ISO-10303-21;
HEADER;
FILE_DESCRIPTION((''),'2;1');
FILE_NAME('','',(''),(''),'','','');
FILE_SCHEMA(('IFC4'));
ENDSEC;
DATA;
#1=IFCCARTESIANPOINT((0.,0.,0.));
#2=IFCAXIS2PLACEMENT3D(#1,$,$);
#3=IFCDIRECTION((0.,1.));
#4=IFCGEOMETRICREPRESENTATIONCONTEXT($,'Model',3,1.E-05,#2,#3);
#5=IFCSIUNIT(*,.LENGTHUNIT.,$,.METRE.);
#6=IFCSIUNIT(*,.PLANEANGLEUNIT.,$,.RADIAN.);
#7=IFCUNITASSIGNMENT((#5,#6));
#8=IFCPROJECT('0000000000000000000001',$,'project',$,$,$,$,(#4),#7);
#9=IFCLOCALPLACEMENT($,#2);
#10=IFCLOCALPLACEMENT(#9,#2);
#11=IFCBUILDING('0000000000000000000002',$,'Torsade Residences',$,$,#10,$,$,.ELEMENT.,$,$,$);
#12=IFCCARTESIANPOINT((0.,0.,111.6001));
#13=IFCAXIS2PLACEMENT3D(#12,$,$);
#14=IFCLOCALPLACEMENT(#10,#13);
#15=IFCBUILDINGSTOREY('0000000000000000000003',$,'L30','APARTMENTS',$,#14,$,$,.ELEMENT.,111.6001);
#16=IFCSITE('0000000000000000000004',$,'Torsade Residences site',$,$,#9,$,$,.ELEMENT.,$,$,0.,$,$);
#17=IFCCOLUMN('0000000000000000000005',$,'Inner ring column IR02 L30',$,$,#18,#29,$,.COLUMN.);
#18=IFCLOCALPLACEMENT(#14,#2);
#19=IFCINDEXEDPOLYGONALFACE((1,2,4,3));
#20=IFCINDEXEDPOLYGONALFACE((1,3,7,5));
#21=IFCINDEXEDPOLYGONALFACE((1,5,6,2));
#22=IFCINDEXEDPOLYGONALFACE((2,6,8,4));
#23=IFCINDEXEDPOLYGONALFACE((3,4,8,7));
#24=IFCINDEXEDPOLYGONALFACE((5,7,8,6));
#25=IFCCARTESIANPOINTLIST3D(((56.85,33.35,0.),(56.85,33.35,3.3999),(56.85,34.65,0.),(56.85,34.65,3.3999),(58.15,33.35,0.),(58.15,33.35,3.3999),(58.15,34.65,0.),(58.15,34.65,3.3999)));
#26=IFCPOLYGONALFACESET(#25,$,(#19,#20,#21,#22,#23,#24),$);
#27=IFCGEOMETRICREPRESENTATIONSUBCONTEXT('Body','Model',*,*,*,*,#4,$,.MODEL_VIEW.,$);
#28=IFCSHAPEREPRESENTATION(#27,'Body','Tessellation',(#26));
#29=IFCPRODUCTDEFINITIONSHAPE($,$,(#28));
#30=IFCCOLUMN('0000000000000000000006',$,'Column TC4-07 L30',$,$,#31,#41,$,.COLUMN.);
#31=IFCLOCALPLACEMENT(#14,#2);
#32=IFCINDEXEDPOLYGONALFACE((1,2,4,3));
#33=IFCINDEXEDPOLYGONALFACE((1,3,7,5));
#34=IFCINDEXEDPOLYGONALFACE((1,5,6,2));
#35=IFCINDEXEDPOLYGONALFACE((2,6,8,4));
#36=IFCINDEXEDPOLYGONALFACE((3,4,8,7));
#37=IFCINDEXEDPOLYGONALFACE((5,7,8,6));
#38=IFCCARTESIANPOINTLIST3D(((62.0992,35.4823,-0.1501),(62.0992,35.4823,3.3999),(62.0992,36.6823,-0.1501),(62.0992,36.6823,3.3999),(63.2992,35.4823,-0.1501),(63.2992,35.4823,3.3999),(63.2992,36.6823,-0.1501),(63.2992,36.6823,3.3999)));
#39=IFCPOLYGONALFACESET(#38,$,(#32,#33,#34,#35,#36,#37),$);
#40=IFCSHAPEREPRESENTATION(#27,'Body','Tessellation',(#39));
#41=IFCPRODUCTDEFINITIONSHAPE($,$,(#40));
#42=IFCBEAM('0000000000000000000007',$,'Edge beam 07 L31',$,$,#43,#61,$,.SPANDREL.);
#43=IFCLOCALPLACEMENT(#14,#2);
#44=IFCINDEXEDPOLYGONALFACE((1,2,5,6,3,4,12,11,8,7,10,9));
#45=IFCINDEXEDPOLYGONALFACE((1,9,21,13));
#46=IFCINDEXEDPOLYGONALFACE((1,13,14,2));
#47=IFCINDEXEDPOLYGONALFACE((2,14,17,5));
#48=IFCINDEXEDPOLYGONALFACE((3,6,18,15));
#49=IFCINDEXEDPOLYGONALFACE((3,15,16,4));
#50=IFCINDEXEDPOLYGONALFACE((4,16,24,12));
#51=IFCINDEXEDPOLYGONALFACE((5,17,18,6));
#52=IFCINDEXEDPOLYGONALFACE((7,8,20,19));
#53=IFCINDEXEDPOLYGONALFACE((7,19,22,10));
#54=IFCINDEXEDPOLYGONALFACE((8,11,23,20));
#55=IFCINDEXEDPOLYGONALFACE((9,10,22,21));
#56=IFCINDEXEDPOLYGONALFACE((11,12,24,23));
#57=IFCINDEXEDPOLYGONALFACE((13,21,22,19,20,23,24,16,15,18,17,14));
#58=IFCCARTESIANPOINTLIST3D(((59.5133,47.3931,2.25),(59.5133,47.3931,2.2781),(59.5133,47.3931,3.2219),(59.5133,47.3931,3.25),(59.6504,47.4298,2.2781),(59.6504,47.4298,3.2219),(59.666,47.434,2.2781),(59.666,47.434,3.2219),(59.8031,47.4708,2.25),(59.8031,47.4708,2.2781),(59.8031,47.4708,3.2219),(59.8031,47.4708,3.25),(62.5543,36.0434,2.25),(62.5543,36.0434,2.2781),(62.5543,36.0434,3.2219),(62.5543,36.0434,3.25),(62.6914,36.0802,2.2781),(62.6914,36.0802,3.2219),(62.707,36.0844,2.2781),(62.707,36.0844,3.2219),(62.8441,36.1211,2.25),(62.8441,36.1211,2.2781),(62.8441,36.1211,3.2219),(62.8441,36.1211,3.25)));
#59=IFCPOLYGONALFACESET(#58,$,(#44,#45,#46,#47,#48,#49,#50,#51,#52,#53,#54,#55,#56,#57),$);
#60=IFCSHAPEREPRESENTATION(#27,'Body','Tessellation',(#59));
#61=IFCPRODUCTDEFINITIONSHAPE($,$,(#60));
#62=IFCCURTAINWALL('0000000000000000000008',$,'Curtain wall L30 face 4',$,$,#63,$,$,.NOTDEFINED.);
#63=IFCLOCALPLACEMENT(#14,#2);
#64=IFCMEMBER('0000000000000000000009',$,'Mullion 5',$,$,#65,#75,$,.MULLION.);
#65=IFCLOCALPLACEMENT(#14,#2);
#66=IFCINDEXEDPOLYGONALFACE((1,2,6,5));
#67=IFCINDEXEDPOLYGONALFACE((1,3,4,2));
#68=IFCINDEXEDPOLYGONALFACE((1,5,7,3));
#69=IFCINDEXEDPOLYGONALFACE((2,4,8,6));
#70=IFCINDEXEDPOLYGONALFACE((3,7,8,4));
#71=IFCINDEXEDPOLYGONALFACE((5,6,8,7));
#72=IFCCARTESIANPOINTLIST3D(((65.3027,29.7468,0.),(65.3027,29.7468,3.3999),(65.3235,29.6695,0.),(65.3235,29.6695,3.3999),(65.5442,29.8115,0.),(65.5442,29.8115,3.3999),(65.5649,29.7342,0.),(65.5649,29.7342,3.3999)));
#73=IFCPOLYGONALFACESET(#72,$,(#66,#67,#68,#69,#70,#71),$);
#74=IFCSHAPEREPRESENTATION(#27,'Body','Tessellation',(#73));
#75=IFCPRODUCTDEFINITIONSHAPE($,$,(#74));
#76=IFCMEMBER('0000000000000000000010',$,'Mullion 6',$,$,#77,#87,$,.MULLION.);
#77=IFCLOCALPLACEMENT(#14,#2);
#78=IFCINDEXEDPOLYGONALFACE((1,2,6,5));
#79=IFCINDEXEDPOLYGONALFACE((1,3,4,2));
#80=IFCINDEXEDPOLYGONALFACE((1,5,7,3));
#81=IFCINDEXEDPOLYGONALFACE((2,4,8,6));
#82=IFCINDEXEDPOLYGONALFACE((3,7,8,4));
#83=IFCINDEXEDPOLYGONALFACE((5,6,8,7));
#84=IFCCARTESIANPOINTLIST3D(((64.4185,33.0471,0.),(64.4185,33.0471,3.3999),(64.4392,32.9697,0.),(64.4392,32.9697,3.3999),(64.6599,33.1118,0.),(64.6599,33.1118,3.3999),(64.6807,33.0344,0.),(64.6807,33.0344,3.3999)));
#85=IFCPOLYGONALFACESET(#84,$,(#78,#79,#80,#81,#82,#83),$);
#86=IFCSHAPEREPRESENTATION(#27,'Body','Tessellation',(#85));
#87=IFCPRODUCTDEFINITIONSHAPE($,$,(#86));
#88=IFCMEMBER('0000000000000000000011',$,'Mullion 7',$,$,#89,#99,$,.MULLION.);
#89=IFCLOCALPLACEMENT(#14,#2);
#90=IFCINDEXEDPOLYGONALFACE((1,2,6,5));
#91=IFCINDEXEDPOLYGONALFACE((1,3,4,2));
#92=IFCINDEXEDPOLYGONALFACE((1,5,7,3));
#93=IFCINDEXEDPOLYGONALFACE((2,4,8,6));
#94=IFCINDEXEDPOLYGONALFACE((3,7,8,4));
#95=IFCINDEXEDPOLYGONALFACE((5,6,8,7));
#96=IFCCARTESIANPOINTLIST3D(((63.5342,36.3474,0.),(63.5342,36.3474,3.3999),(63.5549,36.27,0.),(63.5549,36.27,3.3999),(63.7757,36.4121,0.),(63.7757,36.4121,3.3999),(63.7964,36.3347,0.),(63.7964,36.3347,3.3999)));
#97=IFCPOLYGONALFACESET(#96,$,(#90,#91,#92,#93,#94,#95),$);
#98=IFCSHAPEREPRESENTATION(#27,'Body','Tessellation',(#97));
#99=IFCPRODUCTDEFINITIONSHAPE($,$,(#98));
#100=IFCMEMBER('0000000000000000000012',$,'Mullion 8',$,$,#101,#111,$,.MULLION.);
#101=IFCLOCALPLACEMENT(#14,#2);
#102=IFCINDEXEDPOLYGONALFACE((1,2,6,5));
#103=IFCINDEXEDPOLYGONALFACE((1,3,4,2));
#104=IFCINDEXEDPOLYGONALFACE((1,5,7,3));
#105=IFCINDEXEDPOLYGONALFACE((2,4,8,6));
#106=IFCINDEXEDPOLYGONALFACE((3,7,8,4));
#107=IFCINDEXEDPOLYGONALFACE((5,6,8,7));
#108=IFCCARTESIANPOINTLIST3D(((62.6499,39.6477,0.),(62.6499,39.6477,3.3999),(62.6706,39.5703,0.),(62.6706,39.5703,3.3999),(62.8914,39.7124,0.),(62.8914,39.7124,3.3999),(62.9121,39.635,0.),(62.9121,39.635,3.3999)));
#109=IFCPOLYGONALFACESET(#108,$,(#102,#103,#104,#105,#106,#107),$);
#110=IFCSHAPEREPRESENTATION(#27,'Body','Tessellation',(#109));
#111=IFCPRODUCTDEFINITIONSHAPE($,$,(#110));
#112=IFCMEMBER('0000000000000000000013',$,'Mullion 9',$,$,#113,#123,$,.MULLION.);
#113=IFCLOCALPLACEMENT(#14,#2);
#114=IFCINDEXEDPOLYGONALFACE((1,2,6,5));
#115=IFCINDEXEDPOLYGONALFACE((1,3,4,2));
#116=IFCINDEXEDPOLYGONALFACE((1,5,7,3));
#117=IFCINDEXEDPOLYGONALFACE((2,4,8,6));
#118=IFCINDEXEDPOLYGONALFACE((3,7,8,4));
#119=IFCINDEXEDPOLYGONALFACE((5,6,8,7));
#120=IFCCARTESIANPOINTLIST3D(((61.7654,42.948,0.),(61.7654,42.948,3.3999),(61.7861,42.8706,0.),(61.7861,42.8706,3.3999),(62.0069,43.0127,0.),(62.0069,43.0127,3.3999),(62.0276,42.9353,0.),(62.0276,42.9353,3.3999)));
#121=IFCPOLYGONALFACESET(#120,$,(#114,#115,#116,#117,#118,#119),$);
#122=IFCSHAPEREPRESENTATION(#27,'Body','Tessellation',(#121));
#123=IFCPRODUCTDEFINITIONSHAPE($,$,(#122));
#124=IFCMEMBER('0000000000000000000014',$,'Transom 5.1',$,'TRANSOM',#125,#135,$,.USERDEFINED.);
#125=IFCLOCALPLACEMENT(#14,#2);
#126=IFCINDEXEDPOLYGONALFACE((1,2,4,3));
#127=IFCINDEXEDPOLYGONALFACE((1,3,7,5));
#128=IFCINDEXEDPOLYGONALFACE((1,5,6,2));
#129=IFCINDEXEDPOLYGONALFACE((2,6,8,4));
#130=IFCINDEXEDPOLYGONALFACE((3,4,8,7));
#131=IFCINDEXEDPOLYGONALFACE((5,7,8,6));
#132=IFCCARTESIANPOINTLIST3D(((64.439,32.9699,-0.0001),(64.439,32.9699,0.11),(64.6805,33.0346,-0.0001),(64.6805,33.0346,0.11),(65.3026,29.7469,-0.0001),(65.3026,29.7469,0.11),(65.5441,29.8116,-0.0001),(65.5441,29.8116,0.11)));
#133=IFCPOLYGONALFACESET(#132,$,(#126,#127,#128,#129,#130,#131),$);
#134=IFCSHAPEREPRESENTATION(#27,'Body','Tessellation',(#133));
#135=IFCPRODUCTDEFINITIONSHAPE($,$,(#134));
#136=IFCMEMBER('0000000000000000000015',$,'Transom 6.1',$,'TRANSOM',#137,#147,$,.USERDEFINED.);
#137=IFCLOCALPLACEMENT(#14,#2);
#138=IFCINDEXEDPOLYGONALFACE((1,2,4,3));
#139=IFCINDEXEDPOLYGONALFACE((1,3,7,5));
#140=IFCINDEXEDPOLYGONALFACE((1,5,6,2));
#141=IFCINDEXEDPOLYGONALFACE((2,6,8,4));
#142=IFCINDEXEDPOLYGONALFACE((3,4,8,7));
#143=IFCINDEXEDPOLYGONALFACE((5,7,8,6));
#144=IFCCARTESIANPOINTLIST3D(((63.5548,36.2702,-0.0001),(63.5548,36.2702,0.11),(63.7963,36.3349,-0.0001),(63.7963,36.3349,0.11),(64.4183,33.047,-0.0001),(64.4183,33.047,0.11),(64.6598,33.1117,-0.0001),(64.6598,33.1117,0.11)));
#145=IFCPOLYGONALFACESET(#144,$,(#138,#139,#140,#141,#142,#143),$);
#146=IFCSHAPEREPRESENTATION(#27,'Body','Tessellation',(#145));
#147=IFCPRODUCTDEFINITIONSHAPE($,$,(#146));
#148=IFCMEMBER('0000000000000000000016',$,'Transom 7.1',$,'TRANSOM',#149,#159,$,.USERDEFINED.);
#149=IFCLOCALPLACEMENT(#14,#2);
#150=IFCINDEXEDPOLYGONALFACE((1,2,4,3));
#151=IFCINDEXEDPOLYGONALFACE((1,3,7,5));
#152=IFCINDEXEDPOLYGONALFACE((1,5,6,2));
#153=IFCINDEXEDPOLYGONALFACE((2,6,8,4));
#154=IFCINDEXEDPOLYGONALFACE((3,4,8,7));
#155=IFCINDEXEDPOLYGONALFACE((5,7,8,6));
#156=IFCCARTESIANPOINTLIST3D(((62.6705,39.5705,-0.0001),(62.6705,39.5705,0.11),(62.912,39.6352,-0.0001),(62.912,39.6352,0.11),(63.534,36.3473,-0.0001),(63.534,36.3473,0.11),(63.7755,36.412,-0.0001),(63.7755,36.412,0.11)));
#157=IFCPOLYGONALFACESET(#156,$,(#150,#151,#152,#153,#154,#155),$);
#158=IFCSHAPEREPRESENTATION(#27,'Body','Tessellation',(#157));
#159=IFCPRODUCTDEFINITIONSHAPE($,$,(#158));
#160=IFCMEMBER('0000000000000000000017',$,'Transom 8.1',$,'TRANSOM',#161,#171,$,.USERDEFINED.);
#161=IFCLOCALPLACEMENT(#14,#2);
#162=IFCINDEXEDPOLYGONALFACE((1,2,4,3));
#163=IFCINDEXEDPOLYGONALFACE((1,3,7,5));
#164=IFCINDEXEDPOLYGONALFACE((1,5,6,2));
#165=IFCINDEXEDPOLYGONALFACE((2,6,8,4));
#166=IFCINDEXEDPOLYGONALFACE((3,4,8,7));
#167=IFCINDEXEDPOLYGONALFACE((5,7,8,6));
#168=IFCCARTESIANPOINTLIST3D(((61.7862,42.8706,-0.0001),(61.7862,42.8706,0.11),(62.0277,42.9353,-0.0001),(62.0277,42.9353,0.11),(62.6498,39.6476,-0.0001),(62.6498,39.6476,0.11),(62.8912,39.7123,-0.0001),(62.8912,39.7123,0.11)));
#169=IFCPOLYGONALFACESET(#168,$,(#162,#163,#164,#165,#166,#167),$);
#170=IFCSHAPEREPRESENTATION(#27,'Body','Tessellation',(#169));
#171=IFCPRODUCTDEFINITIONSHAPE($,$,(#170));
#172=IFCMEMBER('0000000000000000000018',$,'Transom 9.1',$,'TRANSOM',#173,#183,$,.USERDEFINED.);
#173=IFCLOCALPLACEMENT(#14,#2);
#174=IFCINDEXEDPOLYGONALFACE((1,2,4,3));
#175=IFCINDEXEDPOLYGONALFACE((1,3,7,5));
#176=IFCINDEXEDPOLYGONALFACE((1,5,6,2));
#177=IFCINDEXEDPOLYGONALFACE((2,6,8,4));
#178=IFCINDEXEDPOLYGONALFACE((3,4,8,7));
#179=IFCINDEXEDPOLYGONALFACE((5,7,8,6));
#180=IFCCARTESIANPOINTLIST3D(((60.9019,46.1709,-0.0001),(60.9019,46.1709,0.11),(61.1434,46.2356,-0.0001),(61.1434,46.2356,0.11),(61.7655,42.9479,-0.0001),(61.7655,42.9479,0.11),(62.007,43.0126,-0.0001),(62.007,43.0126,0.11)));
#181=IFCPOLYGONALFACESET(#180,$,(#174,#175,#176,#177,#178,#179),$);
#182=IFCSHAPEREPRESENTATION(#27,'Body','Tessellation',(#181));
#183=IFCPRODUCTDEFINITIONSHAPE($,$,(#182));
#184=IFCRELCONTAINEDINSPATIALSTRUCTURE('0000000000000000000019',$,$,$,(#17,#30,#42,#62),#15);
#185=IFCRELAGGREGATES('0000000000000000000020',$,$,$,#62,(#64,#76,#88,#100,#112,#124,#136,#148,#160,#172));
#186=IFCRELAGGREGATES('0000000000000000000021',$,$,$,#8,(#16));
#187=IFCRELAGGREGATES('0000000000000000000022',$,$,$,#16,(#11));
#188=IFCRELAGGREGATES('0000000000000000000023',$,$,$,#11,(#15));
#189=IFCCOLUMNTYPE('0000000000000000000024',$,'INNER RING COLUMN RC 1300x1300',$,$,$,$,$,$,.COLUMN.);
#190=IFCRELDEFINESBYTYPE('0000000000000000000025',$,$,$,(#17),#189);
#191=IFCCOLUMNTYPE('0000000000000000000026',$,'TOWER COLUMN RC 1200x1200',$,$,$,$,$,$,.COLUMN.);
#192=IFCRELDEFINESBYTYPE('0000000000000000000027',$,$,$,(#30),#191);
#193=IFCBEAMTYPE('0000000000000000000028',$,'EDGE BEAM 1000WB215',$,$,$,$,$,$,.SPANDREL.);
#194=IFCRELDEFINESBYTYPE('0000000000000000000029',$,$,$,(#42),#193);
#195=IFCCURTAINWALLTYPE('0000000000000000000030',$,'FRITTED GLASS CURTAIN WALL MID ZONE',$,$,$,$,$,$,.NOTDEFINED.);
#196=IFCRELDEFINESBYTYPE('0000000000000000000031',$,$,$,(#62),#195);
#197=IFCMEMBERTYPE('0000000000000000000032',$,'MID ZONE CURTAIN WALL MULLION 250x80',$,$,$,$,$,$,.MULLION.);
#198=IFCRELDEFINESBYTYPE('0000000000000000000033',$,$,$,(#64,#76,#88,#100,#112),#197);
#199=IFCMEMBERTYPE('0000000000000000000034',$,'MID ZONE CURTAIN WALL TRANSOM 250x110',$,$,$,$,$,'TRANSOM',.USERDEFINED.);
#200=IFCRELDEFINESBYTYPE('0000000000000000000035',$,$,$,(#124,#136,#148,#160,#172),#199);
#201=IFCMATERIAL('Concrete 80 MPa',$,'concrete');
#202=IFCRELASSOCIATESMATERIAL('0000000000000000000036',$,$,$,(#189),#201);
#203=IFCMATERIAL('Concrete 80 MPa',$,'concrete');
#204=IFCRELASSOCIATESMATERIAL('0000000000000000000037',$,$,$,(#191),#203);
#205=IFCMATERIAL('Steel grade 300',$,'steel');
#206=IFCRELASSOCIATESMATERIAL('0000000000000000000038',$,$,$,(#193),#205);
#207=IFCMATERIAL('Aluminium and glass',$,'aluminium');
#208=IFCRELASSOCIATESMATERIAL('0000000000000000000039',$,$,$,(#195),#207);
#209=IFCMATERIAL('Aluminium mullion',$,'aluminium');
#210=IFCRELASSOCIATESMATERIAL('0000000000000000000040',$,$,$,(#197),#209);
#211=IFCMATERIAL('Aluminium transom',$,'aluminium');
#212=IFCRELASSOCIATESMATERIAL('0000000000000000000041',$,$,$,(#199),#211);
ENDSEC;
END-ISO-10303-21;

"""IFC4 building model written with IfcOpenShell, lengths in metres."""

from ifc_helpers import new_model, si_unit, direction, frame, origin, origin_2d, place, context, subcontext, project, spatial, rectangle, i_section, extrude, material, material_profile, profile_set, type_object, element, aggregate, save


model = new_model("IFC4")

# Units and contexts
model_context = context("Model", 3, precision=1e-05, world=origin(), true_north=direction((0.0, 1.0)))
body_context = subcontext(model_context, "Body", "Model", "MODEL_VIEW")
ifc_project = project(units=[si_unit("LENGTHUNIT", "METRE"), si_unit("PLANEANGLEUNIT", "RADIAN")], contexts=[model_context])

# Site, building, storey
site_placement = place(None, origin())
site = spatial("IfcSite", under=ifc_project, at=site_placement, Name="Torsade Residences site", CompositionType="ELEMENT", RefElevation=0.0)
building_placement = place(site_placement, origin())
building = spatial("IfcBuilding", under=site, at=building_placement, Name="Torsade Residences", CompositionType="ELEMENT")
storey_placement = place(building_placement, frame((0.0, 0.0, 111.6001)))
storey = spatial("IfcBuildingStorey", under=building, at=storey_placement, Name="L30", Description="APARTMENTS", CompositionType="ELEMENT", Elevation=111.6001)

# Columns
ifc_material_1 = material(Name="Concrete 80 MPa", Category="concrete")
ifc_material_profile_1 = material_profile(ifc_material_1, rectangle(XDim=1.3, YDim=1.3, at=origin_2d()), Name="RC 1300x1300")
ifc_profile_set_1 = profile_set([ifc_material_profile_1], Name="Concrete 80 MPa")
column_type_1 = type_object("IfcColumnType", Name="INNER RING COLUMN RC 1300x1300", PredefinedType="COLUMN", material=ifc_profile_set_1)
column_1_placement = place(storey_placement, frame((57.5, 34.0, 0.0), z_axis=(0.0, 0.0, 1.0), x_axis=(1.0, 0.0, 0.0)))
element("IfcColumn", 1, at=column_1_placement, inside=storey, type_object=column_type_1, Name="Inner ring column IR02 L30", PredefinedType="COLUMN", context=body_context, shape_type="SweptSolid", body=[
    extrude(rectangle(XDim=1.3, YDim=1.3, at=origin_2d()), origin(), (0.0, 0.0, 1.0), 3.3999),
])
ifc_material_2 = material(Name="Concrete 80 MPa", Category="concrete")
ifc_material_profile_2 = material_profile(ifc_material_2, rectangle(XDim=1.2, YDim=1.2, at=origin_2d()), Name="RC 1200x1200")
ifc_profile_set_2 = profile_set([ifc_material_profile_2], Name="Concrete 80 MPa")
column_type_2 = type_object("IfcColumnType", Name="TOWER COLUMN RC 1200x1200", PredefinedType="COLUMN", material=ifc_profile_set_2)
column_2_placement = place(storey_placement, frame((62.6992, 36.0823, -0.1501), z_axis=(0.0, 0.0, 1.0), x_axis=(1.0, 0.0, 0.0)))
element("IfcColumn", 2, at=column_2_placement, inside=storey, type_object=column_type_2, Name="Column TC4-07 L30", PredefinedType="COLUMN", context=body_context, shape_type="SweptSolid", body=[
    extrude(rectangle(XDim=1.2, YDim=1.2, at=origin_2d()), origin(), (0.0, 0.0, 1.0), 3.55),
])

# Beam
ifc_material_3 = material(Name="Steel grade 300", Category="steel")
ifc_material_profile_3 = material_profile(ifc_material_3, i_section(OverallWidth=0.3, OverallDepth=1.0, WebThickness=0.0161, FlangeThickness=0.0281, at=origin_2d()), Name="1000WB215")
ifc_profile_set_3 = profile_set([ifc_material_profile_3], Name="Steel grade 300")
beam_type_1 = type_object("IfcBeamType", Name="EDGE BEAM 1000WB215", PredefinedType="SPANDREL", material=ifc_profile_set_3)
beam_1_placement = place(storey_placement, frame((62.6992, 36.0823, 2.75), z_axis=(-0.258811, 0.965928, 0.0), x_axis=(-0.965928, -0.258811, 0.0)))
element("IfcBeam", 3, at=beam_1_placement, inside=storey, type_object=beam_type_1, Name="Edge beam 07 L31", PredefinedType="SPANDREL", context=body_context, shape_type="SweptSolid", body=[
    extrude(i_section(OverallWidth=0.3, OverallDepth=1.0, WebThickness=0.0161, FlangeThickness=0.0281, at=origin_2d()), origin(), (0.0, 0.0, 1.0), 11.75),
])

# Curtain wall, members
ifc_material_4 = material(Name="Aluminium and glass", Category="aluminium")
curtain_wall_type = type_object("IfcCurtainWallType", Name="FRITTED GLASS CURTAIN WALL MID ZONE", PredefinedType="NOTDEFINED", material=ifc_material_4)
curtain_wall_placement = place(storey_placement, origin())
curtain_wall = element("IfcCurtainWall", 4, at=curtain_wall_placement, inside=storey, type_object=curtain_wall_type, Name="Curtain wall L30 face 4", PredefinedType="NOTDEFINED")
ifc_material_5 = material(Name="Aluminium mullion", Category="aluminium")
ifc_material_profile_4 = material_profile(ifc_material_5, rectangle(XDim=0.25, YDim=0.0801, at=origin_2d()), Name="MID ZONE CURTAIN WALL MULLION 250x80")
ifc_profile_set_4 = profile_set([ifc_material_profile_4], Name="Aluminium mullion")
member_type_1 = type_object("IfcMemberType", Name="MID ZONE CURTAIN WALL MULLION 250x80", PredefinedType="MULLION", material=ifc_profile_set_4)
member_1_placement = place(storey_placement, frame((65.4338, 29.7405, 0.0), z_axis=(0.0, 0.0, 1.0), x_axis=(-0.965926, -0.258819, 0.0)))
member_1 = element("IfcMember", 5, at=member_1_placement, type_object=member_type_1, Name="Mullion 5", PredefinedType="MULLION", context=body_context, shape_type="SweptSolid", body=[
    extrude(rectangle(XDim=0.25, YDim=0.0801, at=origin_2d()), origin(), (0.0, 0.0, 1.0), 3.3999),
])
member_2_placement = place(storey_placement, frame((64.5496, 33.0408, 0.0), z_axis=(0.0, 0.0, 1.0), x_axis=(-0.965926, -0.258819, 0.0)))
member_2 = element("IfcMember", 6, at=member_2_placement, type_object=member_type_1, Name="Mullion 6", PredefinedType="MULLION", context=body_context, shape_type="SweptSolid", body=[
    extrude(rectangle(XDim=0.25, YDim=0.0801, at=origin_2d()), origin(), (0.0, 0.0, 1.0), 3.3999),
])
member_3_placement = place(storey_placement, frame((63.6653, 36.3411, 0.0), z_axis=(0.0, 0.0, 1.0), x_axis=(-0.965926, -0.258819, 0.0)))
member_3 = element("IfcMember", 7, at=member_3_placement, type_object=member_type_1, Name="Mullion 7", PredefinedType="MULLION", context=body_context, shape_type="SweptSolid", body=[
    extrude(rectangle(XDim=0.25, YDim=0.0801, at=origin_2d()), origin(), (0.0, 0.0, 1.0), 3.3999),
])
member_4_placement = place(storey_placement, frame((62.781, 39.6414, 0.0), z_axis=(0.0, 0.0, 1.0), x_axis=(-0.965926, -0.258819, 0.0)))
member_4 = element("IfcMember", 8, at=member_4_placement, type_object=member_type_1, Name="Mullion 8", PredefinedType="MULLION", context=body_context, shape_type="SweptSolid", body=[
    extrude(rectangle(XDim=0.25, YDim=0.0801, at=origin_2d()), origin(), (0.0, 0.0, 1.0), 3.3999),
])
member_5_placement = place(storey_placement, frame((61.8965, 42.9417, 0.0), z_axis=(0.0, 0.0, 1.0), x_axis=(-0.965926, -0.258819, 0.0)))
member_5 = element("IfcMember", 9, at=member_5_placement, type_object=member_type_1, Name="Mullion 9", PredefinedType="MULLION", context=body_context, shape_type="SweptSolid", body=[
    extrude(rectangle(XDim=0.25, YDim=0.0801, at=origin_2d()), origin(), (0.0, 0.0, 1.0), 3.3999),
])
ifc_material_6 = material(Name="Aluminium transom", Category="aluminium")
ifc_material_profile_5 = material_profile(ifc_material_6, rectangle(XDim=0.25, YDim=0.1101, at=origin_2d()), Name="MID ZONE CURTAIN WALL TRANSOM 250x110")
ifc_profile_set_5 = profile_set([ifc_material_profile_5], Name="Aluminium transom")
member_type_2 = type_object("IfcMemberType", Name="MID ZONE CURTAIN WALL TRANSOM 250x110", ElementType="TRANSOM", PredefinedType="USERDEFINED", material=ifc_profile_set_5)
member_6_placement = place(storey_placement, frame((65.4233, 29.7793, 0.0549), z_axis=(-0.258806, 0.965929, 0.0), x_axis=(-0.965929, -0.258806, 0.0)))
member_6 = element("IfcMember", 10, at=member_6_placement, type_object=member_type_2, Name="Transom 5.1", ObjectType="TRANSOM", PredefinedType="USERDEFINED", context=body_context, shape_type="SweptSolid", body=[
    extrude(rectangle(XDim=0.25, YDim=0.1101, at=origin_2d()), origin(), (0.0, 0.0, 1.0), 3.3367),
])
member_7_placement = place(storey_placement, frame((64.5391, 33.0793, 0.0549), z_axis=(-0.258787, 0.965934, 0.0), x_axis=(-0.965934, -0.258787, 0.0)))
member_7 = element("IfcMember", 11, at=member_7_placement, type_object=member_type_2, Name="Transom 6.1", ObjectType="TRANSOM", PredefinedType="USERDEFINED", context=body_context, shape_type="SweptSolid", body=[
    extrude(rectangle(XDim=0.25, YDim=0.1101, at=origin_2d()), origin(), (0.0, 0.0, 1.0), 3.3369),
])
member_8_placement = place(storey_placement, frame((63.6548, 36.3796, 0.0549), z_axis=(-0.258787, 0.965934, 0.0), x_axis=(-0.965934, -0.258787, 0.0)))
member_8 = element("IfcMember", 12, at=member_8_placement, type_object=member_type_2, Name="Transom 7.1", ObjectType="TRANSOM", PredefinedType="USERDEFINED", context=body_context, shape_type="SweptSolid", body=[
    extrude(rectangle(XDim=0.25, YDim=0.1101, at=origin_2d()), origin(), (0.0, 0.0, 1.0), 3.3369),
])
member_9_placement = place(storey_placement, frame((62.7705, 39.6799, 0.0549), z_axis=(-0.258806, 0.965929, 0.0), x_axis=(-0.965929, -0.258806, 0.0)))
member_9 = element("IfcMember", 13, at=member_9_placement, type_object=member_type_2, Name="Transom 8.1", ObjectType="TRANSOM", PredefinedType="USERDEFINED", context=body_context, shape_type="SweptSolid", body=[
    extrude(rectangle(XDim=0.25, YDim=0.1101, at=origin_2d()), origin(), (0.0, 0.0, 1.0), 3.3367),
])
member_10_placement = place(storey_placement, frame((61.8862, 42.9802, 0.0549), z_axis=(-0.258806, 0.965929, 0.0), x_axis=(-0.965929, -0.258806, 0.0)))
member_10 = element("IfcMember", 14, at=member_10_placement, type_object=member_type_2, Name="Transom 9.1", ObjectType="TRANSOM", PredefinedType="USERDEFINED", context=body_context, shape_type="SweptSolid", body=[
    extrude(rectangle(XDim=0.25, YDim=0.1101, at=origin_2d()), origin(), (0.0, 0.0, 1.0), 3.3367),
])

aggregate(curtain_wall, [member_1, member_2, member_3, member_4, member_5, member_6, member_7, member_8, member_9, member_10])

save(model, "model.ifc")
